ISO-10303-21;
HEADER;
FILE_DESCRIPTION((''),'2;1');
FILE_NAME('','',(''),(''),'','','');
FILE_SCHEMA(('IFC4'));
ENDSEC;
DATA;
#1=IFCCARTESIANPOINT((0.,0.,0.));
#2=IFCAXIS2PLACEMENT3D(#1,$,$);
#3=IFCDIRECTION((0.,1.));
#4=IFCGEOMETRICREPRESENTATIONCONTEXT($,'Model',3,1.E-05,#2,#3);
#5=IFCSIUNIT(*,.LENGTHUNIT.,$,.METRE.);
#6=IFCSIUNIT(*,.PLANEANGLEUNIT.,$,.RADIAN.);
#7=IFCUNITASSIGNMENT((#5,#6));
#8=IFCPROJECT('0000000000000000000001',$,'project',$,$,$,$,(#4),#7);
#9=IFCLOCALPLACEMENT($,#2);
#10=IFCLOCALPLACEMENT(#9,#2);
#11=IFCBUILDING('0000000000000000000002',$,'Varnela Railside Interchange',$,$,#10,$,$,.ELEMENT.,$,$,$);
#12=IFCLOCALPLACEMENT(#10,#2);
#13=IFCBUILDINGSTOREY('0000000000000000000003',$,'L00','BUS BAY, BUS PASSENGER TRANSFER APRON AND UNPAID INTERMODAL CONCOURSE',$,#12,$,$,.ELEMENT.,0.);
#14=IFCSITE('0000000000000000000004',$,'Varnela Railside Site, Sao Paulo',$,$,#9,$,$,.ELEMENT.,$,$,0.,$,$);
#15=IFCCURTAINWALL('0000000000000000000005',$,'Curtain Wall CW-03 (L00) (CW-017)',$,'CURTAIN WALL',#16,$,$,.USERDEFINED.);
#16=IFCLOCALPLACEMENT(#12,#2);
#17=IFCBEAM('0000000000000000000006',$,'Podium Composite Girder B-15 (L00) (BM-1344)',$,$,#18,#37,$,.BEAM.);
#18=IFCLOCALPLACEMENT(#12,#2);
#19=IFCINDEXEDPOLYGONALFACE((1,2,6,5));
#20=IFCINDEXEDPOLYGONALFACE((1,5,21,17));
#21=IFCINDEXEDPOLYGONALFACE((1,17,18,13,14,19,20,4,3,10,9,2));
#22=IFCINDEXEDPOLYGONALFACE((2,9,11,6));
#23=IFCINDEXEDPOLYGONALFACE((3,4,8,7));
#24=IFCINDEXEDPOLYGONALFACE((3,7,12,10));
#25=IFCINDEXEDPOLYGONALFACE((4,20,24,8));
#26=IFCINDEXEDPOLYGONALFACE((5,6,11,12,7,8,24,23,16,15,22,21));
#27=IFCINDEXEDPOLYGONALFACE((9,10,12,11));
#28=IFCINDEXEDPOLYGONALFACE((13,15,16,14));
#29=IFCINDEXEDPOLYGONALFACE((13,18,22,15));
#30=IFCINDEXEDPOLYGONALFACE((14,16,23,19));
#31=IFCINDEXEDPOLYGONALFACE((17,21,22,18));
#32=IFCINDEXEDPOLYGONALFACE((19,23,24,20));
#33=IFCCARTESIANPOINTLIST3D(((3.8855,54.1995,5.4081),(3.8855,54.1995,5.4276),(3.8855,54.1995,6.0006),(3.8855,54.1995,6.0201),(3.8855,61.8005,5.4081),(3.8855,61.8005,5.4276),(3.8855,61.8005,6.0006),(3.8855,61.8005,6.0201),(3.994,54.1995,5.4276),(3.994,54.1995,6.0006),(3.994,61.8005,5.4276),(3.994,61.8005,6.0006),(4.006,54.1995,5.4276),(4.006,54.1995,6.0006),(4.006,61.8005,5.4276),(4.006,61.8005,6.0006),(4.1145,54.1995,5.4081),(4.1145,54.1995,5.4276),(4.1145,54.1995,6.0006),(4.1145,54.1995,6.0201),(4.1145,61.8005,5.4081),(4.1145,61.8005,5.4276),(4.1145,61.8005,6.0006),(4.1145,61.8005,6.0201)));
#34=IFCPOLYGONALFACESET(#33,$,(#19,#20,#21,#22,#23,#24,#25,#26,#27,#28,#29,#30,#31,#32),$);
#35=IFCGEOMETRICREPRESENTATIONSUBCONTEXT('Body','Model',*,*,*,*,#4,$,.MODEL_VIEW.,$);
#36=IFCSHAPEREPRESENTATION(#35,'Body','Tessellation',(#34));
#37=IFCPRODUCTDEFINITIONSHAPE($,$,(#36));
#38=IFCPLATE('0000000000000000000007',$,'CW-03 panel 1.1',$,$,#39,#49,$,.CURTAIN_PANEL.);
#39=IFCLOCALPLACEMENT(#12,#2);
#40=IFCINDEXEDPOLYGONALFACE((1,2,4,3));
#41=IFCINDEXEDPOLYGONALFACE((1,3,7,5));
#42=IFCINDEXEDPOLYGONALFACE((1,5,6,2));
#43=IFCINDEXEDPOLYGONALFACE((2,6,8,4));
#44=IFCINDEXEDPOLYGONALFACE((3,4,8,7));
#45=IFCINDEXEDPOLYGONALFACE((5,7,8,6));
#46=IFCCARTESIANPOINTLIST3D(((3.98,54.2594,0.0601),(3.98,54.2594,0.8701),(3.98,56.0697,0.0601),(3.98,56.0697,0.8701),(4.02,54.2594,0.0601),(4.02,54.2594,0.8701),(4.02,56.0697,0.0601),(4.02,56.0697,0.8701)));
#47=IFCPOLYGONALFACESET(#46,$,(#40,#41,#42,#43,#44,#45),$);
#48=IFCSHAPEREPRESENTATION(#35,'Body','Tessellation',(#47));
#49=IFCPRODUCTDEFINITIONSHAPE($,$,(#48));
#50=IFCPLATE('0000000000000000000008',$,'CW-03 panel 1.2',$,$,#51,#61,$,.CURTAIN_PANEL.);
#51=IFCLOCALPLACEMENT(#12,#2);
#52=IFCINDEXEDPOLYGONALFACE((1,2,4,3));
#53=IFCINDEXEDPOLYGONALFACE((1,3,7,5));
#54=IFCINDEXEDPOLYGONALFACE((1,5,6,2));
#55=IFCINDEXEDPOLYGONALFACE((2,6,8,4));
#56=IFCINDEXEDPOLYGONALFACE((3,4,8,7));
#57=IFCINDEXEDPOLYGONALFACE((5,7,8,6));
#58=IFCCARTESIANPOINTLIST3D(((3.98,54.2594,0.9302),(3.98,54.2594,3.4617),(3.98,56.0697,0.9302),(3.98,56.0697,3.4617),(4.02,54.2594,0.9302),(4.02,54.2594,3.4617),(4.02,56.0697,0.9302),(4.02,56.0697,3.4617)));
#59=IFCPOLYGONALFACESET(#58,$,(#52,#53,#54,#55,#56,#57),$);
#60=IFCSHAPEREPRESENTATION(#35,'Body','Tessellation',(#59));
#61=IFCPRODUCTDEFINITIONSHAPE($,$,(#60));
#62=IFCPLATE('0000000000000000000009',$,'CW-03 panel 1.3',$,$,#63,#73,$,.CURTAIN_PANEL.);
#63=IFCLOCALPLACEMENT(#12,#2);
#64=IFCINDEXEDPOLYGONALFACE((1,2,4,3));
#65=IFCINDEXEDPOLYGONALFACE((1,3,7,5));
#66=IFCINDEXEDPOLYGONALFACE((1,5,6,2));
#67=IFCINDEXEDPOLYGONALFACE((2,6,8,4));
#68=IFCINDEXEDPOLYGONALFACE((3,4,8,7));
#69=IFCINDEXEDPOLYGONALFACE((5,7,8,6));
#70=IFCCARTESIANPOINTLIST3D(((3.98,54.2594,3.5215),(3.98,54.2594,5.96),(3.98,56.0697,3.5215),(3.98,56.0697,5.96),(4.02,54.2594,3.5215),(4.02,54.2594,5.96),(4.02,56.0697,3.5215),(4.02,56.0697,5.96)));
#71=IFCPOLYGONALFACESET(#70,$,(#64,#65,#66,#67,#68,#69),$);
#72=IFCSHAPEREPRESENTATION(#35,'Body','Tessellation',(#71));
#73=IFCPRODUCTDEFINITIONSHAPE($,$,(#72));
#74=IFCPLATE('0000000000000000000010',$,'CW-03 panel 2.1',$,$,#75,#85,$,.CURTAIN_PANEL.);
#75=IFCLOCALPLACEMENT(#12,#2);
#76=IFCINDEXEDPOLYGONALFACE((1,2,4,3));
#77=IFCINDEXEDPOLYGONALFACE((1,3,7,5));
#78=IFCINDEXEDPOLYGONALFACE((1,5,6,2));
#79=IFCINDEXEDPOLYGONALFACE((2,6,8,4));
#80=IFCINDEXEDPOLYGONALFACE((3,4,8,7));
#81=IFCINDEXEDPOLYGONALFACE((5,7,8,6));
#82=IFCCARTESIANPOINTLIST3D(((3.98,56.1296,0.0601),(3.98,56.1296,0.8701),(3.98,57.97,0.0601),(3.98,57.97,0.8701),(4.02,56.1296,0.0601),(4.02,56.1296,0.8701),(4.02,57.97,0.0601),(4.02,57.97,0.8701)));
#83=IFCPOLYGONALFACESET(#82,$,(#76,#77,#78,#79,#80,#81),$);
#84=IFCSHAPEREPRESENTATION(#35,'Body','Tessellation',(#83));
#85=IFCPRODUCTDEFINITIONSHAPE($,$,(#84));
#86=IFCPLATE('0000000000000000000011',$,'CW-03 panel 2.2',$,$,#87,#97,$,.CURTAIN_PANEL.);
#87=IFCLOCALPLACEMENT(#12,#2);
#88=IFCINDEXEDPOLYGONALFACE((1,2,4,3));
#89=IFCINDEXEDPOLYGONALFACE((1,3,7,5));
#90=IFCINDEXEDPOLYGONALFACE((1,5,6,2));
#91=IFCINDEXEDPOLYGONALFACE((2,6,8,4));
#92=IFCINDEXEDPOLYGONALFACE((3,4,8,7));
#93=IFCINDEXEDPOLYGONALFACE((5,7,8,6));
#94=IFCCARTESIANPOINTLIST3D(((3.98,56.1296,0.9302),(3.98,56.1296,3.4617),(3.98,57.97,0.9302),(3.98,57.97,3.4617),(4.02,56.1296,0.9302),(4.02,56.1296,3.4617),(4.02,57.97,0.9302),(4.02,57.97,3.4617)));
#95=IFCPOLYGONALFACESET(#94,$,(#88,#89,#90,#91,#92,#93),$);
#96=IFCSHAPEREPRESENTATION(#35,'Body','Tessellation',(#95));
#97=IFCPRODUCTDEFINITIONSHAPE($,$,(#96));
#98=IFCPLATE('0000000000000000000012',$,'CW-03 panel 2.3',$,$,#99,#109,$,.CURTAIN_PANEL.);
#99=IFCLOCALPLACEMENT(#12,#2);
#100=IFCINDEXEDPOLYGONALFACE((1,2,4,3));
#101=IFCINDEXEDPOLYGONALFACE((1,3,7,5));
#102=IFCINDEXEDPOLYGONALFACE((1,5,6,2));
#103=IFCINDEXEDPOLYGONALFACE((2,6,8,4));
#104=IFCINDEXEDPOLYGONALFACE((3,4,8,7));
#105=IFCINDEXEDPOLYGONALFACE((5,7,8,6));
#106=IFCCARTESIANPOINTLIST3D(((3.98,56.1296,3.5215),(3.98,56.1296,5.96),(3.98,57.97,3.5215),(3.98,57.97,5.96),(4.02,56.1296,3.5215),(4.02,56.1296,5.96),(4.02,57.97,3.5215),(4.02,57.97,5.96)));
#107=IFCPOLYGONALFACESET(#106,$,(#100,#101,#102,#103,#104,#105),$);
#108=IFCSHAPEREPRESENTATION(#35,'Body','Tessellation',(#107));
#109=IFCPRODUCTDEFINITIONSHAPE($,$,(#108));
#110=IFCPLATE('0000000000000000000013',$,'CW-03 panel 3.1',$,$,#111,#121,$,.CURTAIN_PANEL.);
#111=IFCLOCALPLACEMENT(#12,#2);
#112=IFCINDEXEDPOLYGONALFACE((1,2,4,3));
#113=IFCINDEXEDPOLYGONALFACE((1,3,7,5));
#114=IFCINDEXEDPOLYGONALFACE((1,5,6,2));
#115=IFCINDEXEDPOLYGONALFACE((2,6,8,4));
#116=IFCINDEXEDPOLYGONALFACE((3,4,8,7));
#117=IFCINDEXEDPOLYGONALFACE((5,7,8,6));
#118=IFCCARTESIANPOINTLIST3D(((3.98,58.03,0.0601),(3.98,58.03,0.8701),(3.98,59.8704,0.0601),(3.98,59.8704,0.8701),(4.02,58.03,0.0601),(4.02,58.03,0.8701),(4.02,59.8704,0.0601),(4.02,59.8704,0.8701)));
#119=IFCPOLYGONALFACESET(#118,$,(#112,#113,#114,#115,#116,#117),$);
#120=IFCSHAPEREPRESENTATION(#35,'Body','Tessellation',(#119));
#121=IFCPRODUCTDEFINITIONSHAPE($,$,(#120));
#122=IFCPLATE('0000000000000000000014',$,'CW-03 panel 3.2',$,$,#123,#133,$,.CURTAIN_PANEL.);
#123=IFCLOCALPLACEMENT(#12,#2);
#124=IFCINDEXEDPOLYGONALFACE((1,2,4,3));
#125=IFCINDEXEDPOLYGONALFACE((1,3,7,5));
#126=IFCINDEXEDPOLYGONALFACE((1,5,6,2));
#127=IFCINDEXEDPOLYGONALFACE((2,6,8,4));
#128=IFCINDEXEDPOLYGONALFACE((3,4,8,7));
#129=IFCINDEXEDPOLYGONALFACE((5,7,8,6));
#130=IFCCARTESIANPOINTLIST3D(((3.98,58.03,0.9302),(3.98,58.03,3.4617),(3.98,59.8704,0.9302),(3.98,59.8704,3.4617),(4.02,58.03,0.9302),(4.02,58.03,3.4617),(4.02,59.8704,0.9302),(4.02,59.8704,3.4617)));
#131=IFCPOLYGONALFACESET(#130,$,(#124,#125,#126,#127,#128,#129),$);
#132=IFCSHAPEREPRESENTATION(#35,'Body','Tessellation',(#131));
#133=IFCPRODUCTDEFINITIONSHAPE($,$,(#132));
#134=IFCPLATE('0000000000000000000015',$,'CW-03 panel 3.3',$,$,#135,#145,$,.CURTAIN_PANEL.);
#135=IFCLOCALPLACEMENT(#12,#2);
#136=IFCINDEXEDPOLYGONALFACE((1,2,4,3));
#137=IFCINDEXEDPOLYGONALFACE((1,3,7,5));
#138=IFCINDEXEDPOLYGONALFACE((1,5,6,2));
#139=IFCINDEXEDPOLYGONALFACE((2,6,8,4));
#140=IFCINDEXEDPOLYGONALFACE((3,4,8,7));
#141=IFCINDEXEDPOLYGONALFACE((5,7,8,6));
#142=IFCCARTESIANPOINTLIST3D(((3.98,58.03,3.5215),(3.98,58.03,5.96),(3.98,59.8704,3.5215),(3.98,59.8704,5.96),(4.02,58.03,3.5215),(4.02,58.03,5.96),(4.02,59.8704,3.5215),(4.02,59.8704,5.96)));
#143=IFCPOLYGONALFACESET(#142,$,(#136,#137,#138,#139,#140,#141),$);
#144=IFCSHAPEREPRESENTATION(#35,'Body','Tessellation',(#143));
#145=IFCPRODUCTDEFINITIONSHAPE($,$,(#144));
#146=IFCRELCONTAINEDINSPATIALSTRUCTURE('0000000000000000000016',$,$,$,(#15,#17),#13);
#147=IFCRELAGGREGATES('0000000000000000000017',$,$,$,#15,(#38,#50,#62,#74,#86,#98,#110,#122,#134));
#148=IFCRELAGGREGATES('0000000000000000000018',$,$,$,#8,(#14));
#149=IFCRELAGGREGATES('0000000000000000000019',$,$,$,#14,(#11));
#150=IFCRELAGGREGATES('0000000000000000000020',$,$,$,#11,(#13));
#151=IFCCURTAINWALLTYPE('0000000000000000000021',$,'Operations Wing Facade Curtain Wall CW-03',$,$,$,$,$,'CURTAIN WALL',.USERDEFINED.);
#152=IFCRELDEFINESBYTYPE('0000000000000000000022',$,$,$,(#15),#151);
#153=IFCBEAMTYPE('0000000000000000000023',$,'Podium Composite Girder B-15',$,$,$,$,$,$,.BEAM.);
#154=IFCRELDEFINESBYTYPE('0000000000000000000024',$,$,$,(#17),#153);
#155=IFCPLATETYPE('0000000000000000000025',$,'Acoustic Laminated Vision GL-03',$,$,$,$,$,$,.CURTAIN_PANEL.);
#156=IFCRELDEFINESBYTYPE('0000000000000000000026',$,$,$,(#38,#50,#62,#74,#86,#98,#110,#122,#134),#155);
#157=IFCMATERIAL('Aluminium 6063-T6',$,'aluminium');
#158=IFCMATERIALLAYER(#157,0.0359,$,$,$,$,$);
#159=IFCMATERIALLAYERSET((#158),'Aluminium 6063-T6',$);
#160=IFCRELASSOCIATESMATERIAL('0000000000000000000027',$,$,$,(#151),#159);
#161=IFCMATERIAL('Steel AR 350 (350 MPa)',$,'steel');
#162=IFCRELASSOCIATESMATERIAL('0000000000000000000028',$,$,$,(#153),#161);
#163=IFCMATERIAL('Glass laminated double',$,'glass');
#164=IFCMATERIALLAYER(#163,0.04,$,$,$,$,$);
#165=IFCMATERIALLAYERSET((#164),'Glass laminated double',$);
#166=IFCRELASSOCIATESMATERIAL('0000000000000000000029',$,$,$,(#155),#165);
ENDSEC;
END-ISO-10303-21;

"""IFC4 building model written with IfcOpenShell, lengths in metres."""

from ifc_helpers import new_model, si_unit, direction, frame, origin, origin_2d, place, context, subcontext, project, spatial, rectangle, i_section, extrude, material, layer, layer_set, material_profile, profile_set, type_object, element, aggregate, save


model = new_model("IFC4")

# Units and contexts
model_context = context("Model", 3, precision=1e-05, world=origin(), true_north=direction((0.0, 1.0)))
body_context = subcontext(model_context, "Body", "Model", "MODEL_VIEW")
ifc_project = project(units=[si_unit("LENGTHUNIT", "METRE"), si_unit("PLANEANGLEUNIT", "RADIAN")], contexts=[model_context])

# Site, building, storey
site_placement = place(None, origin())
site = spatial("IfcSite", under=ifc_project, at=site_placement, Name="Varnela Railside Site, Sao Paulo", CompositionType="ELEMENT", RefElevation=0.0)
building_placement = place(site_placement, origin())
building = spatial("IfcBuilding", under=site, at=building_placement, Name="Varnela Railside Interchange", CompositionType="ELEMENT")
storey_placement = place(building_placement, origin())
storey = spatial("IfcBuildingStorey", under=building, at=storey_placement, Name="L00", Description="BUS BAY, BUS PASSENGER TRANSFER APRON AND UNPAID INTERMODAL CONCOURSE", CompositionType="ELEMENT", Elevation=0.0)

# Curtain wall
ifc_material_1 = material(Name="Aluminium 6063-T6", Category="aluminium")
ifc_layer_1 = layer(ifc_material_1, 0.0359)
ifc_layer_set_1 = layer_set([ifc_layer_1], Name="Aluminium 6063-T6")
curtain_wall_type = type_object("IfcCurtainWallType", Name="Operations Wing Facade Curtain Wall CW-03", ElementType="CURTAIN WALL", PredefinedType="USERDEFINED", material=ifc_layer_set_1)
curtain_wall_placement = place(storey_placement, origin())
curtain_wall = element("IfcCurtainWall", 1, at=curtain_wall_placement, inside=storey, type_object=curtain_wall_type, Name="Curtain Wall CW-03 (L00) (CW-017)", ObjectType="CURTAIN WALL", PredefinedType="USERDEFINED")

# Beam
ifc_material_2 = material(Name="Steel AR 350 (350 MPa)", Category="steel")
ifc_material_profile_1 = material_profile(ifc_material_2, i_section(OverallWidth=0.229, OverallDepth=0.6121, WebThickness=0.012, FlangeThickness=0.0195, at=origin_2d()), Name="W610x125")
ifc_profile_set_1 = profile_set([ifc_material_profile_1], Name="Steel AR 350 (350 MPa)")
beam_type = type_object("IfcBeamType", Name="Podium Composite Girder B-15", PredefinedType="BEAM", material=ifc_profile_set_1)
beam_placement = place(storey_placement, frame((4.0, 54.1995, 5.7141), z_axis=(0.0, 1.0, 0.0), x_axis=(-1.0, 0.0, 0.0)))
element("IfcBeam", 2, at=beam_placement, inside=storey, type_object=beam_type, Name="Podium Composite Girder B-15 (L00) (BM-1344)", PredefinedType="BEAM", context=body_context, shape_type="SweptSolid", body=[
    extrude(i_section(OverallWidth=0.229, OverallDepth=0.6121, WebThickness=0.012, FlangeThickness=0.0195, at=origin_2d()), origin(), (0.0, 0.0, 1.0), 7.6011),
])

# Plates
ifc_material_3 = material(Name="Glass laminated double", Category="glass")
ifc_layer_2 = layer(ifc_material_3, 0.04)
ifc_layer_set_2 = layer_set([ifc_layer_2], Name="Glass laminated double")
plate_type = type_object("IfcPlateType", Name="Acoustic Laminated Vision GL-03", PredefinedType="CURTAIN_PANEL", material=ifc_layer_set_2)
plate_1_placement = place(storey_placement, frame((4.0, 55.1646, 0.0601), z_axis=(0.0, 0.0, 1.0), x_axis=(0.0, 1.0, 0.0)))
plate_1 = element("IfcPlate", 3, at=plate_1_placement, type_object=plate_type, Name="CW-03 panel 1.1", PredefinedType="CURTAIN_PANEL", context=body_context, shape_type="SweptSolid", body=[
    extrude(rectangle(XDim=1.8103, YDim=0.04, at=origin_2d()), origin(), (0.0, 0.0, 1.0), 0.8101),
])
plate_2_placement = place(storey_placement, frame((4.0, 55.1646, 0.9302), z_axis=(0.0, 0.0, 1.0), x_axis=(0.0, 1.0, 0.0)))
plate_2 = element("IfcPlate", 4, at=plate_2_placement, type_object=plate_type, Name="CW-03 panel 1.2", PredefinedType="CURTAIN_PANEL", context=body_context, shape_type="SweptSolid", body=[
    extrude(rectangle(XDim=1.8103, YDim=0.04, at=origin_2d()), origin(), (0.0, 0.0, 1.0), 2.5315),
])
plate_3_placement = place(storey_placement, frame((4.0, 55.1646, 3.5215), z_axis=(0.0, 0.0, 1.0), x_axis=(0.0, 1.0, 0.0)))
plate_3 = element("IfcPlate", 5, at=plate_3_placement, type_object=plate_type, Name="CW-03 panel 1.3", PredefinedType="CURTAIN_PANEL", context=body_context, shape_type="SweptSolid", body=[
    extrude(rectangle(XDim=1.8103, YDim=0.04, at=origin_2d()), origin(), (0.0, 0.0, 1.0), 2.4385),
])
plate_4_placement = place(storey_placement, frame((4.0, 57.0498, 0.0601), z_axis=(0.0, 0.0, 1.0), x_axis=(0.0, 1.0, 0.0)))
plate_4 = element("IfcPlate", 6, at=plate_4_placement, type_object=plate_type, Name="CW-03 panel 2.1", PredefinedType="CURTAIN_PANEL", context=body_context, shape_type="SweptSolid", body=[
    extrude(rectangle(XDim=1.8403, YDim=0.04, at=origin_2d()), origin(), (0.0, 0.0, 1.0), 0.8101),
])
plate_5_placement = place(storey_placement, frame((4.0, 57.0498, 0.9302), z_axis=(0.0, 0.0, 1.0), x_axis=(0.0, 1.0, 0.0)))
plate_5 = element("IfcPlate", 7, at=plate_5_placement, type_object=plate_type, Name="CW-03 panel 2.2", PredefinedType="CURTAIN_PANEL", context=body_context, shape_type="SweptSolid", body=[
    extrude(rectangle(XDim=1.8403, YDim=0.04, at=origin_2d()), origin(), (0.0, 0.0, 1.0), 2.5315),
])
plate_6_placement = place(storey_placement, frame((4.0, 57.0498, 3.5215), z_axis=(0.0, 0.0, 1.0), x_axis=(0.0, 1.0, 0.0)))
plate_6 = element("IfcPlate", 8, at=plate_6_placement, type_object=plate_type, Name="CW-03 panel 2.3", PredefinedType="CURTAIN_PANEL", context=body_context, shape_type="SweptSolid", body=[
    extrude(rectangle(XDim=1.8403, YDim=0.04, at=origin_2d()), origin(), (0.0, 0.0, 1.0), 2.4385),
])
plate_7_placement = place(storey_placement, frame((4.0, 58.9502, 0.0601), z_axis=(0.0, 0.0, 1.0), x_axis=(0.0, 1.0, 0.0)))
plate_7 = element("IfcPlate", 9, at=plate_7_placement, type_object=plate_type, Name="CW-03 panel 3.1", PredefinedType="CURTAIN_PANEL", context=body_context, shape_type="SweptSolid", body=[
    extrude(rectangle(XDim=1.8403, YDim=0.04, at=origin_2d()), origin(), (0.0, 0.0, 1.0), 0.8101),
])
plate_8_placement = place(storey_placement, frame((4.0, 58.9502, 0.9302), z_axis=(0.0, 0.0, 1.0), x_axis=(0.0, 1.0, 0.0)))
plate_8 = element("IfcPlate", 10, at=plate_8_placement, type_object=plate_type, Name="CW-03 panel 3.2", PredefinedType="CURTAIN_PANEL", context=body_context, shape_type="SweptSolid", body=[
    extrude(rectangle(XDim=1.8403, YDim=0.04, at=origin_2d()), origin(), (0.0, 0.0, 1.0), 2.5315),
])
plate_9_placement = place(storey_placement, frame((4.0, 58.9502, 3.5215), z_axis=(0.0, 0.0, 1.0), x_axis=(0.0, 1.0, 0.0)))
plate_9 = element("IfcPlate", 11, at=plate_9_placement, type_object=plate_type, Name="CW-03 panel 3.3", PredefinedType="CURTAIN_PANEL", context=body_context, shape_type="SweptSolid", body=[
    extrude(rectangle(XDim=1.8403, YDim=0.04, at=origin_2d()), origin(), (0.0, 0.0, 1.0), 2.4385),
])
aggregate(curtain_wall, [plate_1, plate_2, plate_3, plate_4, plate_5, plate_6, plate_7, plate_8, plate_9])

save(model, "model.ifc")
